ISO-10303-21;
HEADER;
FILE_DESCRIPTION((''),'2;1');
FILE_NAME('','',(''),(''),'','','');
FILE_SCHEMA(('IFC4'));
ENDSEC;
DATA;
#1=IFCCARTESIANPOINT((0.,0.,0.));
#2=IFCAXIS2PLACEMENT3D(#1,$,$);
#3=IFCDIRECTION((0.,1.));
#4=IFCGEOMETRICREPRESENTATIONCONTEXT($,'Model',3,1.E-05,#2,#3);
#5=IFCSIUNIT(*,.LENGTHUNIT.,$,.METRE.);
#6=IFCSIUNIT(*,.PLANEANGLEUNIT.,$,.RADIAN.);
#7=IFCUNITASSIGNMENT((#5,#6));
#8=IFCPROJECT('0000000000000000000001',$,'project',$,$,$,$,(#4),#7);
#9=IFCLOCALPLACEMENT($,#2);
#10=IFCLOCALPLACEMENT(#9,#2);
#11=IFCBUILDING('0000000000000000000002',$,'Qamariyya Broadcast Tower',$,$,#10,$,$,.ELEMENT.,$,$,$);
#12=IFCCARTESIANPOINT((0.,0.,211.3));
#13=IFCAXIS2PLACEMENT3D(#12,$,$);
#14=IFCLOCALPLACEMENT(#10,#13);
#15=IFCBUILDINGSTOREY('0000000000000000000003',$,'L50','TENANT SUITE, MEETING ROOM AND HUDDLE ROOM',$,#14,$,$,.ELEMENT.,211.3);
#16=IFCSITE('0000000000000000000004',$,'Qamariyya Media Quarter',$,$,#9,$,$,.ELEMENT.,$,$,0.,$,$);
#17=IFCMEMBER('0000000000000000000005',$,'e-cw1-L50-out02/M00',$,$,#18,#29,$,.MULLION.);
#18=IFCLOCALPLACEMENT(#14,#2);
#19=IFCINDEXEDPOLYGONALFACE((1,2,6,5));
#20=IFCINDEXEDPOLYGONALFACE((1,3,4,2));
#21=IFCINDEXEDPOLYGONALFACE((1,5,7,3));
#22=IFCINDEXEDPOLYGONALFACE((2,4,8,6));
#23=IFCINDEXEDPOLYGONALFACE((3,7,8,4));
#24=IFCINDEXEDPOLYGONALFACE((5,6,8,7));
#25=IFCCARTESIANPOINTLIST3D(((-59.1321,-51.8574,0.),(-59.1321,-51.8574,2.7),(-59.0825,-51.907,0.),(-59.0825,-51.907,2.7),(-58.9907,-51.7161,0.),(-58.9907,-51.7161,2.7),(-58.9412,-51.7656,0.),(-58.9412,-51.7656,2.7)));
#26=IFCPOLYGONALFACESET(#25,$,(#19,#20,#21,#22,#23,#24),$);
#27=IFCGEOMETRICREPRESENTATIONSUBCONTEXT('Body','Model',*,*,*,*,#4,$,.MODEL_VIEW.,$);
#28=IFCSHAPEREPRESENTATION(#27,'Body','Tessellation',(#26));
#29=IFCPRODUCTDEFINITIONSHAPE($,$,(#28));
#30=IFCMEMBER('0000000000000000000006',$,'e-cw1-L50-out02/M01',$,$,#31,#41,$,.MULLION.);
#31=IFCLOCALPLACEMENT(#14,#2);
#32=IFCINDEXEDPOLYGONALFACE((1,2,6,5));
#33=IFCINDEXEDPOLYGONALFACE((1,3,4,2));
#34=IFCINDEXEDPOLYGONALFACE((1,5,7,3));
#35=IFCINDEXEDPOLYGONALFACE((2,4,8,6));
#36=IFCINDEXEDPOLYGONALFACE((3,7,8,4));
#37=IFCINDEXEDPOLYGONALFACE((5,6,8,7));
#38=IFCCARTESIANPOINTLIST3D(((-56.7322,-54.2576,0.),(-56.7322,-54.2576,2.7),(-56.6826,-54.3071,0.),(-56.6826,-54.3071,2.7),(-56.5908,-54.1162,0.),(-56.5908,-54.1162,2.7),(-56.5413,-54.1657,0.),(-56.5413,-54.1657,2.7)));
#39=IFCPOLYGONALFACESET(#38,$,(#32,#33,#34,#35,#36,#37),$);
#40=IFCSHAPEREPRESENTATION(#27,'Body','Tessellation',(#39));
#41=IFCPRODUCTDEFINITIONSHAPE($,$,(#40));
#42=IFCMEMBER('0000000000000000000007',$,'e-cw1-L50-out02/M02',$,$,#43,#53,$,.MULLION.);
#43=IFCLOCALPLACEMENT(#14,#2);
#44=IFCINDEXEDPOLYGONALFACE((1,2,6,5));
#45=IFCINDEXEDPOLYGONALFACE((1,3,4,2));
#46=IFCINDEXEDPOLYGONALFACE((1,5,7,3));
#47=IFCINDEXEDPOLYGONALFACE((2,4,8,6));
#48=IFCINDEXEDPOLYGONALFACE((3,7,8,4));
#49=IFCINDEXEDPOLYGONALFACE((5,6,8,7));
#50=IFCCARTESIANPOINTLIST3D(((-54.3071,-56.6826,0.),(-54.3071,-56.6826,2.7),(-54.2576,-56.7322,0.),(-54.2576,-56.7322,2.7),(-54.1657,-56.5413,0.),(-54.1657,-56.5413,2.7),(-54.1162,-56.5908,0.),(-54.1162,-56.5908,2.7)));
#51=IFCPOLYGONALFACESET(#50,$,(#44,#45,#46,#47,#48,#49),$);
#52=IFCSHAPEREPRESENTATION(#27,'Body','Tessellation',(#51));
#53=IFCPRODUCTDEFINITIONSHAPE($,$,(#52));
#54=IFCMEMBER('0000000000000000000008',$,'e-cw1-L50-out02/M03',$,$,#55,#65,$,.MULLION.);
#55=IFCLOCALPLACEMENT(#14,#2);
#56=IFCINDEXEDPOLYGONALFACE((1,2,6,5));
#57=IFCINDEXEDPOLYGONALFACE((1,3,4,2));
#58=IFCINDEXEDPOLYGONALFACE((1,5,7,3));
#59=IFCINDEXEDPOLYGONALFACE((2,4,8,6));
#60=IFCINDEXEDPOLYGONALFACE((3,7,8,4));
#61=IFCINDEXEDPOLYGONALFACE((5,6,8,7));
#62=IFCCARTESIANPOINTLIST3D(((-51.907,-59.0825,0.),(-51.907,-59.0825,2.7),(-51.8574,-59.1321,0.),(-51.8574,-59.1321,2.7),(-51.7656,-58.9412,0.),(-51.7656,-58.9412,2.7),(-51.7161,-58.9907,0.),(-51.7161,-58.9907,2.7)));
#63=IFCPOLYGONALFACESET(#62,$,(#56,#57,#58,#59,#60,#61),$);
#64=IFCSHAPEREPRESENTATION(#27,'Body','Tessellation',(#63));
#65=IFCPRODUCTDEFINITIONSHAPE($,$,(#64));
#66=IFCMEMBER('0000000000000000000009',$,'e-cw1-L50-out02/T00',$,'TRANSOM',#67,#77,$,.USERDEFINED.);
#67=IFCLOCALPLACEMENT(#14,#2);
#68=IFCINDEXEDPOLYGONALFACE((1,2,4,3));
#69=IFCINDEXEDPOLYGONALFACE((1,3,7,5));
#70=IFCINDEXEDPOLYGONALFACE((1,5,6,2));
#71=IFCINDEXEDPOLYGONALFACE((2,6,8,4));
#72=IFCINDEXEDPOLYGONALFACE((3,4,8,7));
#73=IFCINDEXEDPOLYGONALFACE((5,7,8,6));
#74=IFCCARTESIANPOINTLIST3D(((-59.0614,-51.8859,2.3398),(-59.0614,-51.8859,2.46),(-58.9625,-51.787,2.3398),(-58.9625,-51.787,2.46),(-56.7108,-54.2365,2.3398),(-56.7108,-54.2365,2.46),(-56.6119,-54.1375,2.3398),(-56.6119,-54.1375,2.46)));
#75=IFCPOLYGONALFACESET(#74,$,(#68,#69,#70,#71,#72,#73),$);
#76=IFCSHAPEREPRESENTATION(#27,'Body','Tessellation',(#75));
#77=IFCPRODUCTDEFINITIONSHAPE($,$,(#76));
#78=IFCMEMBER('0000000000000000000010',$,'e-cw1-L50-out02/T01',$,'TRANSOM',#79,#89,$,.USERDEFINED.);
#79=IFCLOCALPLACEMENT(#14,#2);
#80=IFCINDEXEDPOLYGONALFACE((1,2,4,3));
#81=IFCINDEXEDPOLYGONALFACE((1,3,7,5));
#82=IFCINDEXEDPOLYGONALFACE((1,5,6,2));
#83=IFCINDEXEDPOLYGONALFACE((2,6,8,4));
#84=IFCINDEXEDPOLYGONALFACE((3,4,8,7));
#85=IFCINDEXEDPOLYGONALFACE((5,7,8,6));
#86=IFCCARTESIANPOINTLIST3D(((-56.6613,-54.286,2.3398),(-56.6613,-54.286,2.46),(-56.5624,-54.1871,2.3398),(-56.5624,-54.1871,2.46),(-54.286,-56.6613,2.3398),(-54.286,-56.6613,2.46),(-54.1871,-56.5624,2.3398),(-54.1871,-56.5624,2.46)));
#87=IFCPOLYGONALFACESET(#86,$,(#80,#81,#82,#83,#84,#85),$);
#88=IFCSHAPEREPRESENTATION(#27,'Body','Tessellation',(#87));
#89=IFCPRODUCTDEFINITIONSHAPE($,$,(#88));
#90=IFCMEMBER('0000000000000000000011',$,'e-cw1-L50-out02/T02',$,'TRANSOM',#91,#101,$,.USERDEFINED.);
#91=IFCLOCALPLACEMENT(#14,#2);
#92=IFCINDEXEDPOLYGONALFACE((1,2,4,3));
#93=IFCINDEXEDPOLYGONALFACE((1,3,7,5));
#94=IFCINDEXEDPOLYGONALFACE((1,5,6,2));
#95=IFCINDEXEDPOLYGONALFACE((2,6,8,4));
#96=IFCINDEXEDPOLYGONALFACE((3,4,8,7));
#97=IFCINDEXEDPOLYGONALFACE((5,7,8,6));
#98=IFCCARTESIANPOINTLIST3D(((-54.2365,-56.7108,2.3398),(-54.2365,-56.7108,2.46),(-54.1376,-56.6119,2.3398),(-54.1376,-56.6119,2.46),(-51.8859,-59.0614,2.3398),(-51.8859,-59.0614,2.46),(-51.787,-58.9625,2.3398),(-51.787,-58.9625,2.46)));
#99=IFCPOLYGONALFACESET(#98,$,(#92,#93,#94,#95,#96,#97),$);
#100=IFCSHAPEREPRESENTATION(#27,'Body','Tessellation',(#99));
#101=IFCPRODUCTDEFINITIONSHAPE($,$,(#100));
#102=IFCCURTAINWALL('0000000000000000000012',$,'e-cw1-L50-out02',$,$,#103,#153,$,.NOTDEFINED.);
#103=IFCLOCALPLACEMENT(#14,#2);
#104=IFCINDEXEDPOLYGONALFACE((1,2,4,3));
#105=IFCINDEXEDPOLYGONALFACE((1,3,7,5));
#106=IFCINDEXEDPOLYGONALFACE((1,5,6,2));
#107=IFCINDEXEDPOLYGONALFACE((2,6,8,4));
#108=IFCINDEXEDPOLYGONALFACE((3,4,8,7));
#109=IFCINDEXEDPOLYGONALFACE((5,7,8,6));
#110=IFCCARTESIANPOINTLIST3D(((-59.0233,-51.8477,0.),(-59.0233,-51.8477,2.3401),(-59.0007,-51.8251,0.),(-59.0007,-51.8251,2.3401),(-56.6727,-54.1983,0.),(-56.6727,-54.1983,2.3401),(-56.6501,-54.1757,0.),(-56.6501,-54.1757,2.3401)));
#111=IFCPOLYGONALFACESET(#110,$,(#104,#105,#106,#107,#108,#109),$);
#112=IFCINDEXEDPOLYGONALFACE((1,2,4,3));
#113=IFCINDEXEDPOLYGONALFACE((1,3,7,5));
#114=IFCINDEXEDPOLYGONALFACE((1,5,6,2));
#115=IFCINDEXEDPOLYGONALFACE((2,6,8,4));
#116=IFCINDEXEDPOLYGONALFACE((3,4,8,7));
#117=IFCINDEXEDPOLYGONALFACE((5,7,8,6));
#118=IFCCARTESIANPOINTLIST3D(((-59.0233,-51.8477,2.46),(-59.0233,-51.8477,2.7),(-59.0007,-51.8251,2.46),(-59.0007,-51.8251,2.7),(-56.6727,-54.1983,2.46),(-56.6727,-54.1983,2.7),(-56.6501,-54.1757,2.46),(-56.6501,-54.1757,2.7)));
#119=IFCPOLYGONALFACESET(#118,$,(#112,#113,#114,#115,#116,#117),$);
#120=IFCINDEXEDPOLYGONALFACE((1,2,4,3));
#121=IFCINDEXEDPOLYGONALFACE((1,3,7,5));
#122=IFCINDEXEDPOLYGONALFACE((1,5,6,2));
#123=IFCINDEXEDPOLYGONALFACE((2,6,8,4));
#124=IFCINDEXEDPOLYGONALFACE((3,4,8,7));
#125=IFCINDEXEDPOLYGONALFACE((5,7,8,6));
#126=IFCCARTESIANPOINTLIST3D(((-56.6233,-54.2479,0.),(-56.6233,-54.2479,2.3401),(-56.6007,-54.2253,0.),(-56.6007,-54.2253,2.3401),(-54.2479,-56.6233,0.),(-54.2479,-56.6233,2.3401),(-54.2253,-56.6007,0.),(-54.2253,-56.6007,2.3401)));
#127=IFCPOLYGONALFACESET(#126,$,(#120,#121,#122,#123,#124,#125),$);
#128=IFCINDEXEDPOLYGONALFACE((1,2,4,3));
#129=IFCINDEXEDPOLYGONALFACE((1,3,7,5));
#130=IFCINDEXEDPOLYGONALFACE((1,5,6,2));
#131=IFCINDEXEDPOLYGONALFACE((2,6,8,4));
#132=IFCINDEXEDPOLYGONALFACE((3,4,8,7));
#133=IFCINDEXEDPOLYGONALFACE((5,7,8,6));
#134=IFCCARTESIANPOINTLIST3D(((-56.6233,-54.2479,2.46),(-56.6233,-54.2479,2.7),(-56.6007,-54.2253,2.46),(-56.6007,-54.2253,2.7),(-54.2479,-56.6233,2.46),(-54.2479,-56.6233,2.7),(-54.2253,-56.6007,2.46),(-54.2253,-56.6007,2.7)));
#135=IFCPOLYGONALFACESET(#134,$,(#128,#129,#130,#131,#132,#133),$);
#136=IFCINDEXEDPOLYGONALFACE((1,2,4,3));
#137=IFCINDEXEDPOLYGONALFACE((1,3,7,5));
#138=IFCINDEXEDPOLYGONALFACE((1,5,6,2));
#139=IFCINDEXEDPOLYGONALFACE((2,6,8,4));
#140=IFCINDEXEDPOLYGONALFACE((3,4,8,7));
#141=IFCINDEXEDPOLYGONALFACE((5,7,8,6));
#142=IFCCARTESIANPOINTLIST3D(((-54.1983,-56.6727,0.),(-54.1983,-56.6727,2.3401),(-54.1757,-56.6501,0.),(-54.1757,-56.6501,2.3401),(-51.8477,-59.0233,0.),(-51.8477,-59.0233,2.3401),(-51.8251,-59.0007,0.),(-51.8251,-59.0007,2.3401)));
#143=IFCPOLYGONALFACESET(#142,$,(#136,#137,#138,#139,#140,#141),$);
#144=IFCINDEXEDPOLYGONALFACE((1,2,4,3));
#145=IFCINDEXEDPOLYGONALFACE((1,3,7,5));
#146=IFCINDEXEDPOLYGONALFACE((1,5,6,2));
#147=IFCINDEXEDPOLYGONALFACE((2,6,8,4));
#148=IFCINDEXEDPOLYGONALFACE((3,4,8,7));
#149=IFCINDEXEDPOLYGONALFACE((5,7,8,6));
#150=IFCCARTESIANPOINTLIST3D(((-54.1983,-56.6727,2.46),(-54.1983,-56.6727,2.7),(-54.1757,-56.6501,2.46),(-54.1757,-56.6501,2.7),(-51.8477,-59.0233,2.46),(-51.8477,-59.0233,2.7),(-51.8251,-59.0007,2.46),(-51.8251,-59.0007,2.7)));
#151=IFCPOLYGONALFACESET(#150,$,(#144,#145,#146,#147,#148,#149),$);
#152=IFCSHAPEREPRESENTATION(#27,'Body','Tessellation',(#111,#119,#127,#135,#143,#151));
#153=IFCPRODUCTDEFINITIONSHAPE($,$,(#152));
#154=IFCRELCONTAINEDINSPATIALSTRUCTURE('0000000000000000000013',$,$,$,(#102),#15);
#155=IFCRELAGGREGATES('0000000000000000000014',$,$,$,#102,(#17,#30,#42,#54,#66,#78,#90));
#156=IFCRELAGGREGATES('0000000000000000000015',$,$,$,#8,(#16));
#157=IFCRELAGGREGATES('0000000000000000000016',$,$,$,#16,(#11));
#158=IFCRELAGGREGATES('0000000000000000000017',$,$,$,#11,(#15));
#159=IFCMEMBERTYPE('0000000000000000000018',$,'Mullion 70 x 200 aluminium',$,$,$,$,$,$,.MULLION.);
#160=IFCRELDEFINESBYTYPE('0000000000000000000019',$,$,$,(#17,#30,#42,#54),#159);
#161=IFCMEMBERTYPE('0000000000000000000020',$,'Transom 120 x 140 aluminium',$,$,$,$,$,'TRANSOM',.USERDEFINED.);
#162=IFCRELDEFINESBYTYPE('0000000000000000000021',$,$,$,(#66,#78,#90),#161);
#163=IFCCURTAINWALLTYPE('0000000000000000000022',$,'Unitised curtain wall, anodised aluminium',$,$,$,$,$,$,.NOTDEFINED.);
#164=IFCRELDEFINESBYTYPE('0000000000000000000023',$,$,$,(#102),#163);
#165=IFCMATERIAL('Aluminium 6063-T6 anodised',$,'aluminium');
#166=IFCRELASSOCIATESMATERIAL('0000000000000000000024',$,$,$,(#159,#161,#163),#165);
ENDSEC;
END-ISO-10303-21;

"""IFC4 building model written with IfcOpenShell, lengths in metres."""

from ifc_helpers import new_model, si_unit, direction, frame, origin, origin_2d, place, context, subcontext, project, spatial, rectangle, extrude, material, material_profile, profile_set, type_object, element, aggregate, save


model = new_model("IFC4")

# Units and contexts
model_context = context("Model", 3, precision=1e-05, world=origin(), true_north=direction((0.0, 1.0)))
body_context = subcontext(model_context, "Body", "Model", "MODEL_VIEW")
ifc_project = project(units=[si_unit("LENGTHUNIT", "METRE"), si_unit("PLANEANGLEUNIT", "RADIAN")], contexts=[model_context])

# Members
ifc_material_1 = material(Name="Aluminium 6063-T6 anodised", Category="aluminium")
ifc_material_profile_1 = material_profile(ifc_material_1, rectangle(XDim=0.2, YDim=0.0701, at=origin_2d()))
ifc_profile_set_1 = profile_set([ifc_material_profile_1], Name="Aluminium 6063-T6 anodised")
member_type_1 = type_object("IfcMemberType", Name="Mullion 70 x 200 aluminium", PredefinedType="MULLION", material=ifc_profile_set_1)
site_placement = place(None, origin())
building_placement = place(site_placement, origin())
storey_placement = place(building_placement, frame((0.0, 0.0, 211.3)))
member_1_placement = place(storey_placement, frame((-59.0366, -51.8115, 0.0), z_axis=(0.0, 0.0, 1.0), x_axis=(0.707107, 0.707107, 0.0)))
member_1 = element("IfcMember", 1, at=member_1_placement, type_object=member_type_1, Name="e-cw1-L50-out02/M00", PredefinedType="MULLION", context=body_context, shape_type="SweptSolid", body=[
    extrude(rectangle(XDim=0.2, YDim=0.0701, at=origin_2d()), origin(), (0.0, 0.0, 1.0), 2.7),
])
member_2_placement = place(storey_placement, frame((-56.6367, -54.2117, 0.0), z_axis=(0.0, 0.0, 1.0), x_axis=(0.707107, 0.707107, 0.0)))
member_2 = element("IfcMember", 2, at=member_2_placement, type_object=member_type_1, Name="e-cw1-L50-out02/M01", PredefinedType="MULLION", context=body_context, shape_type="SweptSolid", body=[
    extrude(rectangle(XDim=0.2, YDim=0.0701, at=origin_2d()), origin(), (0.0, 0.0, 1.0), 2.7),
])
member_3_placement = place(storey_placement, frame((-54.2117, -56.6367, 0.0), z_axis=(0.0, 0.0, 1.0), x_axis=(0.707107, 0.707107, 0.0)))
member_3 = element("IfcMember", 3, at=member_3_placement, type_object=member_type_1, Name="e-cw1-L50-out02/M02", PredefinedType="MULLION", context=body_context, shape_type="SweptSolid", body=[
    extrude(rectangle(XDim=0.2, YDim=0.0701, at=origin_2d()), origin(), (0.0, 0.0, 1.0), 2.7),
])
member_4_placement = place(storey_placement, frame((-51.8115, -59.0366, 0.0), z_axis=(0.0, 0.0, 1.0), x_axis=(0.707107, 0.707107, 0.0)))
member_4 = element("IfcMember", 4, at=member_4_placement, type_object=member_type_1, Name="e-cw1-L50-out02/M03", PredefinedType="MULLION", context=body_context, shape_type="SweptSolid", body=[
    extrude(rectangle(XDim=0.2, YDim=0.0701, at=origin_2d()), origin(), (0.0, 0.0, 1.0), 2.7),
])
ifc_material_profile_2 = material_profile(ifc_material_1, rectangle(XDim=0.1399, YDim=0.1201, at=origin_2d()))
ifc_profile_set_2 = profile_set([ifc_material_profile_2], Name="Aluminium 6063-T6 anodised")
member_type_2 = type_object("IfcMemberType", Name="Transom 120 x 140 aluminium", ElementType="TRANSOM", PredefinedType="USERDEFINED", material=ifc_profile_set_2)
member_5_placement = place(storey_placement, frame((-59.012, -51.8364, 2.3999), z_axis=(0.707107, -0.707107, 0.0), x_axis=(0.707107, 0.707107, 0.0)))
member_5 = element("IfcMember", 5, at=member_5_placement, type_object=member_type_2, Name="e-cw1-L50-out02/T00", ObjectType="TRANSOM", PredefinedType="USERDEFINED", context=body_context, shape_type="SweptSolid", body=[
    extrude(rectangle(XDim=0.1399, YDim=0.1201, at=origin_2d()), origin(), (0.0, 0.0, 1.0), 3.3242),
])
member_6_placement = place(storey_placement, frame((-56.6118, -54.2366, 2.3999), z_axis=(0.707107, -0.707107, 0.0), x_axis=(0.707107, 0.707107, 0.0)))
member_6 = element("IfcMember", 6, at=member_6_placement, type_object=member_type_2, Name="e-cw1-L50-out02/T01", ObjectType="TRANSOM", PredefinedType="USERDEFINED", context=body_context, shape_type="SweptSolid", body=[
    extrude(rectangle(XDim=0.1399, YDim=0.1201, at=origin_2d()), origin(), (0.0, 0.0, 1.0), 3.3591),
])
member_7_placement = place(storey_placement, frame((-54.187, -56.6614, 2.3999), z_axis=(0.707107, -0.707107, 0.0), x_axis=(0.707107, 0.707107, 0.0)))
member_7 = element("IfcMember", 7, at=member_7_placement, type_object=member_type_2, Name="e-cw1-L50-out02/T02", ObjectType="TRANSOM", PredefinedType="USERDEFINED", context=body_context, shape_type="SweptSolid", body=[
    extrude(rectangle(XDim=0.1399, YDim=0.1201, at=origin_2d()), origin(), (0.0, 0.0, 1.0), 3.3242),
])

# Site, building, storey
site = spatial("IfcSite", under=ifc_project, at=site_placement, Name="Qamariyya Media Quarter", CompositionType="ELEMENT", RefElevation=0.0)
building = spatial("IfcBuilding", under=site, at=building_placement, Name="Qamariyya Broadcast Tower", CompositionType="ELEMENT")
storey = spatial("IfcBuildingStorey", under=building, at=storey_placement, Name="L50", Description="TENANT SUITE, MEETING ROOM AND HUDDLE ROOM", CompositionType="ELEMENT", Elevation=211.3)

# Curtain wall
curtain_wall_type = type_object("IfcCurtainWallType", Name="Unitised curtain wall, anodised aluminium", PredefinedType="NOTDEFINED", material=ifc_material_1)
curtain_wall_1_placement = place(storey_placement, origin())
curtain_wall_1 = element("IfcCurtainWall", 8, at=curtain_wall_1_placement, inside=storey, type_object=curtain_wall_type, Name="e-cw1-L50-out02", PredefinedType="NOTDEFINED", context=body_context, shape_type="SweptSolid", body=[
    extrude(rectangle(XDim=3.3242, YDim=0.032, at=origin_2d()), frame((-57.8367, -53.0117, 0.0), x_axis=(0.707107, -0.707107, 0.0)), (0.0, 0.0, 1.0), 2.3401),
    extrude(rectangle(XDim=3.3242, YDim=0.032, at=origin_2d()), frame((-57.8367, -53.0117, 2.46), x_axis=(0.707107, -0.707107, 0.0)), (0.0, 0.0, 1.0), 0.24),
    extrude(rectangle(XDim=3.3594, YDim=0.032, at=origin_2d()), frame((-55.4243, -55.4243, 0.0), x_axis=(0.707107, -0.707107, 0.0)), (0.0, 0.0, 1.0), 2.3401),
    extrude(rectangle(XDim=3.3594, YDim=0.032, at=origin_2d()), frame((-55.4243, -55.4243, 2.46), x_axis=(0.707107, -0.707107, 0.0)), (0.0, 0.0, 1.0), 0.24),
    extrude(rectangle(XDim=3.3242, YDim=0.032, at=origin_2d()), frame((-53.0117, -57.8367, 0.0), x_axis=(0.707107, -0.707107, 0.0)), (0.0, 0.0, 1.0), 2.3401),
    extrude(rectangle(XDim=3.3242, YDim=0.032, at=origin_2d()), frame((-53.0117, -57.8367, 2.46), x_axis=(0.707107, -0.707107, 0.0)), (0.0, 0.0, 1.0), 0.24),
])
aggregate(curtain_wall_1, [member_1, member_2, member_3, member_4, member_5, member_6, member_7])

save(model, "model.ifc")
